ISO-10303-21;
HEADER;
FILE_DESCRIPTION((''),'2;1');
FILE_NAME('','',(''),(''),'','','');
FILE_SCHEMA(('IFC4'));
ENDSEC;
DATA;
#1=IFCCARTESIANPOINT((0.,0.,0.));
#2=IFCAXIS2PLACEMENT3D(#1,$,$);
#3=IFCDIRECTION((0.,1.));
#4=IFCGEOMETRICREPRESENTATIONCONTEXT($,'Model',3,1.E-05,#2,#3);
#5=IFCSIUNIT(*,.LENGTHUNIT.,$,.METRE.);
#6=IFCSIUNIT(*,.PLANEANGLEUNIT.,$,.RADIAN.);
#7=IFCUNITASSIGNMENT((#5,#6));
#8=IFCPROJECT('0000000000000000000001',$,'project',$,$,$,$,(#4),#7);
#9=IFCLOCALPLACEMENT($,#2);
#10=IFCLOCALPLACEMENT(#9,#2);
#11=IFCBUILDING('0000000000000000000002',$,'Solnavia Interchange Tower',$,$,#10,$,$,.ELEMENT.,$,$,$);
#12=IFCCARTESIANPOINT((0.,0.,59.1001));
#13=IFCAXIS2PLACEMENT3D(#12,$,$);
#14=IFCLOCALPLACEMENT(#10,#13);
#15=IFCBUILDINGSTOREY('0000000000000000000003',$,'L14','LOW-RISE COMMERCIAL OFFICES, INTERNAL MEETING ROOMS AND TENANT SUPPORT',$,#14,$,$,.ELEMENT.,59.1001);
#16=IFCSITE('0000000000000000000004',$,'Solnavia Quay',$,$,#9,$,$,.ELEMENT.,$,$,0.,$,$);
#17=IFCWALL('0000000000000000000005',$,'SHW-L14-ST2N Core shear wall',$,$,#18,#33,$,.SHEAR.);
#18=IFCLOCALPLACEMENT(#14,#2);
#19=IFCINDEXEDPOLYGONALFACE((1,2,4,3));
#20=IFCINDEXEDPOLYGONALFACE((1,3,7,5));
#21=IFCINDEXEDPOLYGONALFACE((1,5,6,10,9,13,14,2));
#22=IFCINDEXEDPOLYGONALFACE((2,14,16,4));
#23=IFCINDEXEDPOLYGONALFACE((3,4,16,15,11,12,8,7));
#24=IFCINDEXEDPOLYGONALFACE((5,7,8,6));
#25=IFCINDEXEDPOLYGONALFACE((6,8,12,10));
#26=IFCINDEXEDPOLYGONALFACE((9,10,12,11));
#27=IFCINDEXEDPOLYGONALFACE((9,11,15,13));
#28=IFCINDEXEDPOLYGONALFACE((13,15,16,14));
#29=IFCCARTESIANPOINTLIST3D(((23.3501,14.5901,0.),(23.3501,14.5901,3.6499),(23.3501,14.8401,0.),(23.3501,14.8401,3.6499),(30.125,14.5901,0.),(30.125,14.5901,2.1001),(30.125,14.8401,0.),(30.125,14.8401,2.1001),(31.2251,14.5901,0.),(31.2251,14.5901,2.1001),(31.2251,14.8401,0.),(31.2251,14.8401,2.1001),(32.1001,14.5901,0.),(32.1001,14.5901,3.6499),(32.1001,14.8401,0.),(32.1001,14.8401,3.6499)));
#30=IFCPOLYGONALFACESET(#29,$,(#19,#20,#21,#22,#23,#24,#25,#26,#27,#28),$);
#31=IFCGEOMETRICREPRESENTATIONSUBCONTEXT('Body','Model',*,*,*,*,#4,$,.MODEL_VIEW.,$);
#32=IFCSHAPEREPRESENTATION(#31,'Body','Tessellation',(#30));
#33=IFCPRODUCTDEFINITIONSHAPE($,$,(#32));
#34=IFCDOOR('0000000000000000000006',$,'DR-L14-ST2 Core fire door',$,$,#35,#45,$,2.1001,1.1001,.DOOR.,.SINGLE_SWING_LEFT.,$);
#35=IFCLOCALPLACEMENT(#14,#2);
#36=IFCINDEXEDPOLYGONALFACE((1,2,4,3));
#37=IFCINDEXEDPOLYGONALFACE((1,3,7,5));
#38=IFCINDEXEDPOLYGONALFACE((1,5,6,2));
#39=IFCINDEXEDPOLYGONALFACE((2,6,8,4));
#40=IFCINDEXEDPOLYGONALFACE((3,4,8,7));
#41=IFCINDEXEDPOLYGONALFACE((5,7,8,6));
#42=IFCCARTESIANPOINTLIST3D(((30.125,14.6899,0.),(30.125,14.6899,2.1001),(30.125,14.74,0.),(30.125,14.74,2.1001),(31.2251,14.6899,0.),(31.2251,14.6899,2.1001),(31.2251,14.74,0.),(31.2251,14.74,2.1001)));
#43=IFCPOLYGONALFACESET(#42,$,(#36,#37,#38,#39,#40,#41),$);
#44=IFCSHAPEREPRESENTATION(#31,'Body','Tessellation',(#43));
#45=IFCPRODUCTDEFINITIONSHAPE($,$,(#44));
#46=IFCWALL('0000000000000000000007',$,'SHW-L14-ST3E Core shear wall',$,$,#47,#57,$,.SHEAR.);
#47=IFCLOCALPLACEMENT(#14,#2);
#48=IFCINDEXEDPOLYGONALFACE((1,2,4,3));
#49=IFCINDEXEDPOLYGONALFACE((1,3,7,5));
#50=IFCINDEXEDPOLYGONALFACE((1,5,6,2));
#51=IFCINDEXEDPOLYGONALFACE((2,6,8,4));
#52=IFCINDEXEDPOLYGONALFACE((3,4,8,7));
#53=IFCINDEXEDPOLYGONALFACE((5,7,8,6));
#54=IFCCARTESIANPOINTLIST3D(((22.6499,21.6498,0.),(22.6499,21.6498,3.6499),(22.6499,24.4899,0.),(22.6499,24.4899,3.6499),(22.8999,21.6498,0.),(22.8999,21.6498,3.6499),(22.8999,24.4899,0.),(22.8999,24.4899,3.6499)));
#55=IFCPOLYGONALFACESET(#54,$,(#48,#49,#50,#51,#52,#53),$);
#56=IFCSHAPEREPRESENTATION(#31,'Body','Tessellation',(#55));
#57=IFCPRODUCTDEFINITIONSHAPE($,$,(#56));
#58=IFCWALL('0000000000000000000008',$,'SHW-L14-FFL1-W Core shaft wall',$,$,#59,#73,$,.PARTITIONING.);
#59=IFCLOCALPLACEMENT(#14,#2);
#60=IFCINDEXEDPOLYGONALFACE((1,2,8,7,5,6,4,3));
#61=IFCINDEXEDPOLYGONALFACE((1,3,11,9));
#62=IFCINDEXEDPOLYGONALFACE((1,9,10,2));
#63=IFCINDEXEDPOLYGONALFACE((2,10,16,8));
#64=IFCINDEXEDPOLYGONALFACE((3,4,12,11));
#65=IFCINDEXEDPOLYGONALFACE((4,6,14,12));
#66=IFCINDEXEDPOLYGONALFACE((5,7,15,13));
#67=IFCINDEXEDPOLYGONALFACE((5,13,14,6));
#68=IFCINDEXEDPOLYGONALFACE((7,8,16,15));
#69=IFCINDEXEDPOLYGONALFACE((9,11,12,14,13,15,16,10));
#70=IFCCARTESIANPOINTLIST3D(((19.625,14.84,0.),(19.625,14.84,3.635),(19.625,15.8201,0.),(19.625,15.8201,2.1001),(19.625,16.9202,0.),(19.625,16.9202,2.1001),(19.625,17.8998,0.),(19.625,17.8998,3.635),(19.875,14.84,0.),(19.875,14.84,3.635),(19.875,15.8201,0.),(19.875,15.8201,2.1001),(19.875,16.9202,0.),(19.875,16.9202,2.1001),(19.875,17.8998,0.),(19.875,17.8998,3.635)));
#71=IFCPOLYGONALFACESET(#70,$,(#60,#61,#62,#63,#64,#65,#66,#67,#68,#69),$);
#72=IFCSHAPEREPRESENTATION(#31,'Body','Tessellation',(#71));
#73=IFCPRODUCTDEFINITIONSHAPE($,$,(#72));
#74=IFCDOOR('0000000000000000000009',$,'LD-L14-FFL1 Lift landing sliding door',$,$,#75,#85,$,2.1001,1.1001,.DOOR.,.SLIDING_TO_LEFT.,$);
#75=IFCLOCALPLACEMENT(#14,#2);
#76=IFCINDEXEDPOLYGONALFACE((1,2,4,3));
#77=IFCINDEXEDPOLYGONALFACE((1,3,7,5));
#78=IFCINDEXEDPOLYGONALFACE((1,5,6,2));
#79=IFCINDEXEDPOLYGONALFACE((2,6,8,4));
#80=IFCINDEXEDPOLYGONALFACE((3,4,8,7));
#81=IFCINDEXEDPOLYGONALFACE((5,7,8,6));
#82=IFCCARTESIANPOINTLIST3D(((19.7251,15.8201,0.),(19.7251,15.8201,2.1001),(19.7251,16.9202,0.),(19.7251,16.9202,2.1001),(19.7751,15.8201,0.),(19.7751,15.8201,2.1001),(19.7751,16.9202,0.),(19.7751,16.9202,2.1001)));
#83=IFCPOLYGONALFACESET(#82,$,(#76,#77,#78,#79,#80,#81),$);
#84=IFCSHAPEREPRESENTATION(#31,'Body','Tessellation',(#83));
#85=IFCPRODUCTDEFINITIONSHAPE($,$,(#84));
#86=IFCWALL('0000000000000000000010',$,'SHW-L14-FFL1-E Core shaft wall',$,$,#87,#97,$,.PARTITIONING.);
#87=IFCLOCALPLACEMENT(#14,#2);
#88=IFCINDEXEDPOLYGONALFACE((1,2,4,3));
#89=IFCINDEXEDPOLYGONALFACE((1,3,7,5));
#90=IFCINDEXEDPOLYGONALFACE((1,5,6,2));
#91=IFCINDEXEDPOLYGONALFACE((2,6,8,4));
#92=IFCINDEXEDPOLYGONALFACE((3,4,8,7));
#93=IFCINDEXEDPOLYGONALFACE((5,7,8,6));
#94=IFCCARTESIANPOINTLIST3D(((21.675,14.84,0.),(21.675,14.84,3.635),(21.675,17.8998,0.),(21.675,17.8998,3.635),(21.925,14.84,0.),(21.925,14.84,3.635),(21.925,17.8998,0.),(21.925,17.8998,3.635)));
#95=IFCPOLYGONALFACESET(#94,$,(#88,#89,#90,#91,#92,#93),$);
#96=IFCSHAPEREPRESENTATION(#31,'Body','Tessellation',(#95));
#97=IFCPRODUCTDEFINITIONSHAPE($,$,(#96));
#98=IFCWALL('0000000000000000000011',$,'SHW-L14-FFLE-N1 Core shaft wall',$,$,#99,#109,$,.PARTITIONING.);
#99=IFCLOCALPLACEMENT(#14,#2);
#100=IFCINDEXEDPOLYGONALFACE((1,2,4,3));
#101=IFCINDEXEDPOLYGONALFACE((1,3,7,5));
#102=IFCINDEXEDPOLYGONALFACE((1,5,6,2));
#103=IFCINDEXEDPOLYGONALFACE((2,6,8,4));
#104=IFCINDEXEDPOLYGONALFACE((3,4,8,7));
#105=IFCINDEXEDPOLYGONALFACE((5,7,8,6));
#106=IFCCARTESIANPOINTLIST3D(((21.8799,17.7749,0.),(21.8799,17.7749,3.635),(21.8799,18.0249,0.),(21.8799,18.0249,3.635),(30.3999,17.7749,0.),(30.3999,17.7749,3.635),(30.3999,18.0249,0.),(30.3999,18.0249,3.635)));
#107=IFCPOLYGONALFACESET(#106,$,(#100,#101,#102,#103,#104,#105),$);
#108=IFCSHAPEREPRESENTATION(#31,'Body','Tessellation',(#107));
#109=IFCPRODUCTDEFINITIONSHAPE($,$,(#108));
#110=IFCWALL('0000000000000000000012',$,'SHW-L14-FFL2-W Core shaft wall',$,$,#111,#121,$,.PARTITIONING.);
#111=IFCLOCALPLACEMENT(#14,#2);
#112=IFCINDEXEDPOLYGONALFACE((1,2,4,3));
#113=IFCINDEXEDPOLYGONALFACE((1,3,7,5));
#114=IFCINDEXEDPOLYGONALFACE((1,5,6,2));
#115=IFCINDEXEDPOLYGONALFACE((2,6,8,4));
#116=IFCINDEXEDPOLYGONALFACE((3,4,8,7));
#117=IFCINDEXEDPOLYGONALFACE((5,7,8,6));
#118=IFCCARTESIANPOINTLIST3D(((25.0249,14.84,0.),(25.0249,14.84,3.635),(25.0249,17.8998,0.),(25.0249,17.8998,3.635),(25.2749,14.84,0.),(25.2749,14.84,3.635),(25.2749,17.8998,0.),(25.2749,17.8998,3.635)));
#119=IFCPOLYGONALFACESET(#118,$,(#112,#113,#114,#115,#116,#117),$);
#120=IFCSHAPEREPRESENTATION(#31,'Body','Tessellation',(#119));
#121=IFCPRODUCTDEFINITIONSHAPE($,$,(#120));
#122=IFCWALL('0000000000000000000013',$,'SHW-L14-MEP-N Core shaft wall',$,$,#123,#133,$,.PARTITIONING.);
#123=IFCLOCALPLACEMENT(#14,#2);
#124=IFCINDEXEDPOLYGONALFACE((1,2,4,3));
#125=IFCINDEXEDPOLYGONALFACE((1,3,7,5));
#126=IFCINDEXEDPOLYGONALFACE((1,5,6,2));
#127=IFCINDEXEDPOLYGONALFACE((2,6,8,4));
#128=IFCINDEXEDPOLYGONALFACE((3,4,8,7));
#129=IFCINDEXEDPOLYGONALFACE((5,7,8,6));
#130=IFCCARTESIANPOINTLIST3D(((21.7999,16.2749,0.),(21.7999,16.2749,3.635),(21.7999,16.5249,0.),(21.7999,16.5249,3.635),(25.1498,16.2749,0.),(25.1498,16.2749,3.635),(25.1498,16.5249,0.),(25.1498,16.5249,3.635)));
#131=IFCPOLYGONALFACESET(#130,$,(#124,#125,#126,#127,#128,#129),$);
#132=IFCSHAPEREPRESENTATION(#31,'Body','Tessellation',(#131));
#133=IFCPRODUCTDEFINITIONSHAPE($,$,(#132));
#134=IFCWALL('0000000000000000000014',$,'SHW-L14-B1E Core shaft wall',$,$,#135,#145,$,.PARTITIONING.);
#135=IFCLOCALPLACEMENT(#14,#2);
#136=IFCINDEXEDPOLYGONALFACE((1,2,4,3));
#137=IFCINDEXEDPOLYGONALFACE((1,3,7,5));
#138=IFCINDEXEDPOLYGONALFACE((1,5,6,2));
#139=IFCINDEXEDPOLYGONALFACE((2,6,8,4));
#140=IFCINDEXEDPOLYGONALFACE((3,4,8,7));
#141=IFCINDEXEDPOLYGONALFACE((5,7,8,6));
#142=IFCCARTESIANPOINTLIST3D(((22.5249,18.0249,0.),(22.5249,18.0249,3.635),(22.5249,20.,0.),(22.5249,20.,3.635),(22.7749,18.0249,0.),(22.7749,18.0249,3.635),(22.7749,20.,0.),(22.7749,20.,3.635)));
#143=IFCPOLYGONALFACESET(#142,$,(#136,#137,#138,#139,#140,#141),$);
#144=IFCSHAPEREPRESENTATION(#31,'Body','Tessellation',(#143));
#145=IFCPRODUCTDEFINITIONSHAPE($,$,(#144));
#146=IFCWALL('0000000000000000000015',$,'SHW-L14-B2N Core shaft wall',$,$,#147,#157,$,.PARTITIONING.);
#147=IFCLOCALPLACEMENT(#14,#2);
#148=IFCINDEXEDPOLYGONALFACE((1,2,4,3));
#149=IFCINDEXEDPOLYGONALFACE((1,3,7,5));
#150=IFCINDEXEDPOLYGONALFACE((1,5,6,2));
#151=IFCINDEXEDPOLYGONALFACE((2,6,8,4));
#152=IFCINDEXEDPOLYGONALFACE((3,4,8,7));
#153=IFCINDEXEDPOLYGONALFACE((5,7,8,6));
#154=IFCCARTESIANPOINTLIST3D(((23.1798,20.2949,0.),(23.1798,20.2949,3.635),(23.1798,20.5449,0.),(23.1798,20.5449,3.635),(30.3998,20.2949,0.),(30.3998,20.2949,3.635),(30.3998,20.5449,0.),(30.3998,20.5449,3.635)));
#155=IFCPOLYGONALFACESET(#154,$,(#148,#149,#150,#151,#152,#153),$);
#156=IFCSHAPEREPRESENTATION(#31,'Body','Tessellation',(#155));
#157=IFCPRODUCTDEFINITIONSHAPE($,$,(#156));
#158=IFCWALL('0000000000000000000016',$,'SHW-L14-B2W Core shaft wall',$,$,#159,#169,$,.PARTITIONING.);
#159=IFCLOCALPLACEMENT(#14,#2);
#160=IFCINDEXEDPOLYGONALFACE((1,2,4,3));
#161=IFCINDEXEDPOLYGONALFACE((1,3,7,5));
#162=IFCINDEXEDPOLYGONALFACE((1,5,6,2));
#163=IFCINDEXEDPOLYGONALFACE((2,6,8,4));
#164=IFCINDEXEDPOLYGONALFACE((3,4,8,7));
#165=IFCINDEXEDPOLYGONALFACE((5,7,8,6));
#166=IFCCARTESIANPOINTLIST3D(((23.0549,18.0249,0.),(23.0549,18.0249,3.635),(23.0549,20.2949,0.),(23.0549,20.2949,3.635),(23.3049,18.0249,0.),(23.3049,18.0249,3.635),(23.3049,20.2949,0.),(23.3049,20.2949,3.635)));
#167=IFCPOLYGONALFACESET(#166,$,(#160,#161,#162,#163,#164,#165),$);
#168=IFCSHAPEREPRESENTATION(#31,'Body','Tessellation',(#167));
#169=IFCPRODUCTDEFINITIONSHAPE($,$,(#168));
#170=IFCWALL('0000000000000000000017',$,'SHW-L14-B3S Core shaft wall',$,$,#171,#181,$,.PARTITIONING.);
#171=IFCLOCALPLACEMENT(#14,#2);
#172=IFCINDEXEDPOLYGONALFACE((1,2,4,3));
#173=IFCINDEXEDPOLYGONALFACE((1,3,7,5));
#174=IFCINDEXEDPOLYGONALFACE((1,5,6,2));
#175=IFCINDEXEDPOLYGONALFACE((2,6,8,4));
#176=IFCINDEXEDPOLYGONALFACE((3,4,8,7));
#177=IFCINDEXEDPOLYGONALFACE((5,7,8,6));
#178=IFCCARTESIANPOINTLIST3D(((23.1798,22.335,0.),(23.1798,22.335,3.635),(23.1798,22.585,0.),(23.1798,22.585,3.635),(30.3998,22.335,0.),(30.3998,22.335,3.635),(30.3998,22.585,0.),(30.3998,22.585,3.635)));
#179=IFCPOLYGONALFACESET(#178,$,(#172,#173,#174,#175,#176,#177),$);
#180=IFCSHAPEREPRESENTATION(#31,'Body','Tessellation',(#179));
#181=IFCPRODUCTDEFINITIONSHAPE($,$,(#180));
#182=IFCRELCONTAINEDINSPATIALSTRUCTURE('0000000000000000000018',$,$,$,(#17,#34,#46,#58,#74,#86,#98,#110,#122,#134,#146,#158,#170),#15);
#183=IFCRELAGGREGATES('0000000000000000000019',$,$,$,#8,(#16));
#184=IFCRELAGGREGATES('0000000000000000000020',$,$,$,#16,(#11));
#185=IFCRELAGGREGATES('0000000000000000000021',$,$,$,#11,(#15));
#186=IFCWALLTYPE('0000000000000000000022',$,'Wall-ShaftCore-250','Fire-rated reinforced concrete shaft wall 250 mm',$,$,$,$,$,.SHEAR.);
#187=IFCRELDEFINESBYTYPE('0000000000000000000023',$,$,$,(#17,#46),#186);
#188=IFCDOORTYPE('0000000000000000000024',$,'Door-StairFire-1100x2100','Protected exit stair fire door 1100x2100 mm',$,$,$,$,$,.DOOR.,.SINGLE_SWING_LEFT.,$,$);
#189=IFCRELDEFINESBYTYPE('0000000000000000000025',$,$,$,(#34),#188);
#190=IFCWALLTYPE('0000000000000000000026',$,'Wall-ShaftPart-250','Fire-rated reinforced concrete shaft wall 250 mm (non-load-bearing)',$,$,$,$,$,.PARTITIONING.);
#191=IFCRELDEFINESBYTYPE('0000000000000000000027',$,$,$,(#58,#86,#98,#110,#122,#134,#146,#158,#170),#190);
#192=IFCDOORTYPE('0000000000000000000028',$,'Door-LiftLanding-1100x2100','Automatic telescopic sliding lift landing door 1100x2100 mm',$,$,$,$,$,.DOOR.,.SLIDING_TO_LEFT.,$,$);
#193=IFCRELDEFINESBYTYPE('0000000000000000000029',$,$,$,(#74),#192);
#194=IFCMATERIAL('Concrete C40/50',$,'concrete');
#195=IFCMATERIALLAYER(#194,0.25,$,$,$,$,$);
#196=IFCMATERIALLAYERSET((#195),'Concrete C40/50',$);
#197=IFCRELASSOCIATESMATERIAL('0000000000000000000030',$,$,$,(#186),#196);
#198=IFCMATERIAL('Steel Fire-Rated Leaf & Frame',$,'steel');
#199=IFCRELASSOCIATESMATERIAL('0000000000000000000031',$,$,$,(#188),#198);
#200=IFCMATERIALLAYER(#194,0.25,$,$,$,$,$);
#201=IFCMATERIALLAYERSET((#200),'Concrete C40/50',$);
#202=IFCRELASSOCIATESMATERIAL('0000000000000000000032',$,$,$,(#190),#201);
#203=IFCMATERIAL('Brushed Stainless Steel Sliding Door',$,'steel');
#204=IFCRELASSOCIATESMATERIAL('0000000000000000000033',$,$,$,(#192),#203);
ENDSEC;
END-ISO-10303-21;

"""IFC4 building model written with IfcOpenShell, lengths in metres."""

from ifc_helpers import new_model, si_unit, direction, frame, frame_2d, origin, place, context, subcontext, project, spatial, rectangle, extrude, material, layer, layer_set, type_object, element, fill, save


model = new_model("IFC4")

# Units and contexts
model_context = context("Model", 3, precision=1e-05, world=origin(), true_north=direction((0.0, 1.0)))
body_context = subcontext(model_context, "Body", "Model", "MODEL_VIEW")
ifc_project = project(units=[si_unit("LENGTHUNIT", "METRE"), si_unit("PLANEANGLEUNIT", "RADIAN")], contexts=[model_context])

# Site, building, storey
site_placement = place(None, origin())
site = spatial("IfcSite", under=ifc_project, at=site_placement, Name="Solnavia Quay", CompositionType="ELEMENT", RefElevation=0.0)
building_placement = place(site_placement, origin())
building = spatial("IfcBuilding", under=site, at=building_placement, Name="Solnavia Interchange Tower", CompositionType="ELEMENT")
storey_placement = place(building_placement, frame((0.0, 0.0, 59.1001)))
storey = spatial("IfcBuildingStorey", under=building, at=storey_placement, Name="L14", Description="LOW-RISE COMMERCIAL OFFICES, INTERNAL MEETING ROOMS AND TENANT SUPPORT", CompositionType="ELEMENT", Elevation=59.1001)

# Wall, opening, door
ifc_material_1 = material(Name="Concrete C40/50", Category="concrete")
ifc_layer_1 = layer(ifc_material_1, 0.25)
ifc_layer_set_1 = layer_set([ifc_layer_1], Name="Concrete C40/50")
wall_type_1 = type_object("IfcWallType", Name="Wall-ShaftCore-250", Description="Fire-rated reinforced concrete shaft wall 250 mm", PredefinedType="SHEAR", material=ifc_layer_set_1)
wall_1_placement = place(storey_placement, frame((23.3501, 14.7151, 0.0), z_axis=(0.0, 0.0, 1.0), x_axis=(1.0, 0.0, 0.0)))
wall_1 = element("IfcWall", 1, at=wall_1_placement, inside=storey, type_object=wall_type_1, Name="SHW-L14-ST2N Core shear wall", PredefinedType="SHEAR", context=body_context, shape_type="SweptSolid", body=[
    extrude(rectangle(XDim=8.75, YDim=0.25, at=frame_2d((4.375, 0.0))), origin(), (0.0, 0.0, 1.0), 3.6499),
])
opening_1_placement = place(wall_1_placement, frame((6.7749, 0.0, 0.0)))
opening_1 = element("IfcOpeningElement", 2, at=opening_1_placement, cuts=wall_1, PredefinedType="OPENING", context=body_context, shape_type="SweptSolid", body=[
    extrude(rectangle(XDim=1.1001, YDim=2.1001, at=frame_2d((0.55, 1.05))), frame((0.0, 0.135, 0.0), z_axis=(0.0, -1.0, 0.0), x_axis=(1.0, 0.0, 0.0)), (0.0, 0.0, 1.0), 0.27),
])
ifc_material_2 = material(Name="Steel Fire-Rated Leaf & Frame", Category="steel")
door_type_1 = type_object("IfcDoorType", Name="Door-StairFire-1100x2100", Description="Protected exit stair fire door 1100x2100 mm", OperationType="SINGLE_SWING_LEFT", PredefinedType="DOOR", material=ifc_material_2)
door_1_placement = place(opening_1_placement, origin())
door_1 = element("IfcDoor", 3, at=door_1_placement, inside=storey, type_object=door_type_1, Name="DR-L14-ST2 Core fire door", OperationType="SINGLE_SWING_LEFT", OverallHeight=2.1001, OverallWidth=1.1001, PredefinedType="DOOR", context=body_context, shape_type="SweptSolid", body=[
    extrude(rectangle(XDim=1.1001, YDim=2.1001, at=frame_2d((0.55, 1.05))), frame((0.0, 0.0249, 0.0), z_axis=(0.0, -1.0, 0.0), x_axis=(1.0, 0.0, 0.0)), (0.0, 0.0, 1.0), 0.05),
])
fill(opening_1, door_1)

# Wall
wall_2_placement = place(storey_placement, frame((22.7749, 21.6499, 0.0), z_axis=(0.0, 0.0, 1.0), x_axis=(0.0, 1.0, 0.0)))
element("IfcWall", 4, at=wall_2_placement, inside=storey, type_object=wall_type_1, Name="SHW-L14-ST3E Core shear wall", PredefinedType="SHEAR", context=body_context, shape_type="SweptSolid", body=[
    extrude(rectangle(XDim=2.8401, YDim=0.25, at=frame_2d((1.4199, 0.0))), origin(), (0.0, 0.0, 1.0), 3.6499),
])

# Wall, opening, door
ifc_layer_2 = layer(ifc_material_1, 0.25)
ifc_layer_set_2 = layer_set([ifc_layer_2], Name="Concrete C40/50")
wall_type_2 = type_object("IfcWallType", Name="Wall-ShaftPart-250", Description="Fire-rated reinforced concrete shaft wall 250 mm (non-load-bearing)", PredefinedType="PARTITIONING", material=ifc_layer_set_2)
wall_3_placement = place(storey_placement, frame((19.75, 14.8401, 0.0), z_axis=(0.0, 0.0, 1.0), x_axis=(0.0, 1.0, 0.0)))
wall_3 = element("IfcWall", 5, at=wall_3_placement, inside=storey, type_object=wall_type_2, Name="SHW-L14-FFL1-W Core shaft wall", PredefinedType="PARTITIONING", context=body_context, shape_type="SweptSolid", body=[
    extrude(rectangle(XDim=3.0598, YDim=0.25, at=frame_2d((1.5298, 0.0))), origin(), (0.0, 0.0, 1.0), 3.635),
])
opening_2_placement = place(wall_3_placement, frame((0.98, 0.0, 0.0)))
opening_2 = element("IfcOpeningElement", 6, at=opening_2_placement, cuts=wall_3, PredefinedType="OPENING", context=body_context, shape_type="SweptSolid", body=[
    extrude(rectangle(XDim=1.1001, YDim=2.1001, at=frame_2d((0.55, 1.05))), frame((0.0, 0.135, 0.0), z_axis=(0.0, -1.0, 0.0), x_axis=(1.0, 0.0, 0.0)), (0.0, 0.0, 1.0), 0.27),
])
ifc_material_3 = material(Name="Brushed Stainless Steel Sliding Door", Category="steel")
door_type_2 = type_object("IfcDoorType", Name="Door-LiftLanding-1100x2100", Description="Automatic telescopic sliding lift landing door 1100x2100 mm", OperationType="SLIDING_TO_LEFT", PredefinedType="DOOR", material=ifc_material_3)
door_2_placement = place(opening_2_placement, origin())
door_2 = element("IfcDoor", 7, at=door_2_placement, inside=storey, type_object=door_type_2, Name="LD-L14-FFL1 Lift landing sliding door", OperationType="SLIDING_TO_LEFT", OverallHeight=2.1001, OverallWidth=1.1001, PredefinedType="DOOR", context=body_context, shape_type="SweptSolid", body=[
    extrude(rectangle(XDim=1.1001, YDim=2.1001, at=frame_2d((0.55, 1.05))), frame((0.0, 0.0249, 0.0), z_axis=(0.0, -1.0, 0.0), x_axis=(1.0, 0.0, 0.0)), (0.0, 0.0, 1.0), 0.05),
])
fill(opening_2, door_2)

# Walls
wall_4_placement = place(storey_placement, frame((21.8, 14.8401, 0.0), z_axis=(0.0, 0.0, 1.0), x_axis=(0.0, 1.0, 0.0)))
element("IfcWall", 8, at=wall_4_placement, inside=storey, type_object=wall_type_2, Name="SHW-L14-FFL1-E Core shaft wall", PredefinedType="PARTITIONING", context=body_context, shape_type="SweptSolid", body=[
    extrude(rectangle(XDim=3.0598, YDim=0.25, at=frame_2d((1.5298, 0.0))), origin(), (0.0, 0.0, 1.0), 3.635),
])
wall_5_placement = place(storey_placement, frame((21.8799, 17.8999, 0.0), z_axis=(0.0, 0.0, 1.0), x_axis=(1.0, 0.0, 0.0)))
element("IfcWall", 9, at=wall_5_placement, inside=storey, type_object=wall_type_2, Name="SHW-L14-FFLE-N1 Core shaft wall", PredefinedType="PARTITIONING", context=body_context, shape_type="SweptSolid", body=[
    extrude(rectangle(XDim=8.52, YDim=0.25, at=frame_2d((4.26, 0.0))), origin(), (0.0, 0.0, 1.0), 3.635),
])
wall_6_placement = place(storey_placement, frame((25.1499, 14.8401, 0.0), z_axis=(0.0, 0.0, 1.0), x_axis=(0.0, 1.0, 0.0)))
element("IfcWall", 10, at=wall_6_placement, inside=storey, type_object=wall_type_2, Name="SHW-L14-FFL2-W Core shaft wall", PredefinedType="PARTITIONING", context=body_context, shape_type="SweptSolid", body=[
    extrude(rectangle(XDim=3.0598, YDim=0.25, at=frame_2d((1.5298, 0.0))), origin(), (0.0, 0.0, 1.0), 3.635),
])
wall_7_placement = place(storey_placement, frame((21.8, 16.3999, 0.0), z_axis=(0.0, 0.0, 1.0), x_axis=(1.0, 0.0, 0.0)))
element("IfcWall", 11, at=wall_7_placement, inside=storey, type_object=wall_type_2, Name="SHW-L14-MEP-N Core shaft wall", PredefinedType="PARTITIONING", context=body_context, shape_type="SweptSolid", body=[
    extrude(rectangle(XDim=3.3499, YDim=0.25, at=frame_2d((1.6748, 0.0))), origin(), (0.0, 0.0, 1.0), 3.635),
])
wall_8_placement = place(storey_placement, frame((22.6499, 18.0249, 0.0), z_axis=(0.0, 0.0, 1.0), x_axis=(0.0, 1.0, 0.0)))
element("IfcWall", 12, at=wall_8_placement, inside=storey, type_object=wall_type_2, Name="SHW-L14-B1E Core shaft wall", PredefinedType="PARTITIONING", context=body_context, shape_type="SweptSolid", body=[
    extrude(rectangle(XDim=1.9751, YDim=0.25, at=frame_2d((0.9875, 0.0))), origin(), (0.0, 0.0, 1.0), 3.635),
])
wall_9_placement = place(storey_placement, frame((23.1799, 20.4199, 0.0), z_axis=(0.0, 0.0, 1.0), x_axis=(1.0, 0.0, 0.0)))
element("IfcWall", 13, at=wall_9_placement, inside=storey, type_object=wall_type_2, Name="SHW-L14-B2N Core shaft wall", PredefinedType="PARTITIONING", context=body_context, shape_type="SweptSolid", body=[
    extrude(rectangle(XDim=7.22, YDim=0.25, at=frame_2d((3.6099, 0.0))), origin(), (0.0, 0.0, 1.0), 3.635),
])
wall_10_placement = place(storey_placement, frame((23.1799, 18.0249, 0.0), z_axis=(0.0, 0.0, 1.0), x_axis=(0.0, 1.0, 0.0)))
element("IfcWall", 14, at=wall_10_placement, inside=storey, type_object=wall_type_2, Name="SHW-L14-B2W Core shaft wall", PredefinedType="PARTITIONING", context=body_context, shape_type="SweptSolid", body=[
    extrude(rectangle(XDim=2.27, YDim=0.25, at=frame_2d((1.135, 0.0))), origin(), (0.0, 0.0, 1.0), 3.635),
])
wall_11_placement = place(storey_placement, frame((23.1799, 22.46, 0.0), z_axis=(0.0, 0.0, 1.0), x_axis=(1.0, 0.0, 0.0)))
element("IfcWall", 15, at=wall_11_placement, inside=storey, type_object=wall_type_2, Name="SHW-L14-B3S Core shaft wall", PredefinedType="PARTITIONING", context=body_context, shape_type="SweptSolid", body=[
    extrude(rectangle(XDim=7.22, YDim=0.25, at=frame_2d((3.6099, 0.0))), origin(), (0.0, 0.0, 1.0), 3.635),
])

save(model, "model.ifc")
